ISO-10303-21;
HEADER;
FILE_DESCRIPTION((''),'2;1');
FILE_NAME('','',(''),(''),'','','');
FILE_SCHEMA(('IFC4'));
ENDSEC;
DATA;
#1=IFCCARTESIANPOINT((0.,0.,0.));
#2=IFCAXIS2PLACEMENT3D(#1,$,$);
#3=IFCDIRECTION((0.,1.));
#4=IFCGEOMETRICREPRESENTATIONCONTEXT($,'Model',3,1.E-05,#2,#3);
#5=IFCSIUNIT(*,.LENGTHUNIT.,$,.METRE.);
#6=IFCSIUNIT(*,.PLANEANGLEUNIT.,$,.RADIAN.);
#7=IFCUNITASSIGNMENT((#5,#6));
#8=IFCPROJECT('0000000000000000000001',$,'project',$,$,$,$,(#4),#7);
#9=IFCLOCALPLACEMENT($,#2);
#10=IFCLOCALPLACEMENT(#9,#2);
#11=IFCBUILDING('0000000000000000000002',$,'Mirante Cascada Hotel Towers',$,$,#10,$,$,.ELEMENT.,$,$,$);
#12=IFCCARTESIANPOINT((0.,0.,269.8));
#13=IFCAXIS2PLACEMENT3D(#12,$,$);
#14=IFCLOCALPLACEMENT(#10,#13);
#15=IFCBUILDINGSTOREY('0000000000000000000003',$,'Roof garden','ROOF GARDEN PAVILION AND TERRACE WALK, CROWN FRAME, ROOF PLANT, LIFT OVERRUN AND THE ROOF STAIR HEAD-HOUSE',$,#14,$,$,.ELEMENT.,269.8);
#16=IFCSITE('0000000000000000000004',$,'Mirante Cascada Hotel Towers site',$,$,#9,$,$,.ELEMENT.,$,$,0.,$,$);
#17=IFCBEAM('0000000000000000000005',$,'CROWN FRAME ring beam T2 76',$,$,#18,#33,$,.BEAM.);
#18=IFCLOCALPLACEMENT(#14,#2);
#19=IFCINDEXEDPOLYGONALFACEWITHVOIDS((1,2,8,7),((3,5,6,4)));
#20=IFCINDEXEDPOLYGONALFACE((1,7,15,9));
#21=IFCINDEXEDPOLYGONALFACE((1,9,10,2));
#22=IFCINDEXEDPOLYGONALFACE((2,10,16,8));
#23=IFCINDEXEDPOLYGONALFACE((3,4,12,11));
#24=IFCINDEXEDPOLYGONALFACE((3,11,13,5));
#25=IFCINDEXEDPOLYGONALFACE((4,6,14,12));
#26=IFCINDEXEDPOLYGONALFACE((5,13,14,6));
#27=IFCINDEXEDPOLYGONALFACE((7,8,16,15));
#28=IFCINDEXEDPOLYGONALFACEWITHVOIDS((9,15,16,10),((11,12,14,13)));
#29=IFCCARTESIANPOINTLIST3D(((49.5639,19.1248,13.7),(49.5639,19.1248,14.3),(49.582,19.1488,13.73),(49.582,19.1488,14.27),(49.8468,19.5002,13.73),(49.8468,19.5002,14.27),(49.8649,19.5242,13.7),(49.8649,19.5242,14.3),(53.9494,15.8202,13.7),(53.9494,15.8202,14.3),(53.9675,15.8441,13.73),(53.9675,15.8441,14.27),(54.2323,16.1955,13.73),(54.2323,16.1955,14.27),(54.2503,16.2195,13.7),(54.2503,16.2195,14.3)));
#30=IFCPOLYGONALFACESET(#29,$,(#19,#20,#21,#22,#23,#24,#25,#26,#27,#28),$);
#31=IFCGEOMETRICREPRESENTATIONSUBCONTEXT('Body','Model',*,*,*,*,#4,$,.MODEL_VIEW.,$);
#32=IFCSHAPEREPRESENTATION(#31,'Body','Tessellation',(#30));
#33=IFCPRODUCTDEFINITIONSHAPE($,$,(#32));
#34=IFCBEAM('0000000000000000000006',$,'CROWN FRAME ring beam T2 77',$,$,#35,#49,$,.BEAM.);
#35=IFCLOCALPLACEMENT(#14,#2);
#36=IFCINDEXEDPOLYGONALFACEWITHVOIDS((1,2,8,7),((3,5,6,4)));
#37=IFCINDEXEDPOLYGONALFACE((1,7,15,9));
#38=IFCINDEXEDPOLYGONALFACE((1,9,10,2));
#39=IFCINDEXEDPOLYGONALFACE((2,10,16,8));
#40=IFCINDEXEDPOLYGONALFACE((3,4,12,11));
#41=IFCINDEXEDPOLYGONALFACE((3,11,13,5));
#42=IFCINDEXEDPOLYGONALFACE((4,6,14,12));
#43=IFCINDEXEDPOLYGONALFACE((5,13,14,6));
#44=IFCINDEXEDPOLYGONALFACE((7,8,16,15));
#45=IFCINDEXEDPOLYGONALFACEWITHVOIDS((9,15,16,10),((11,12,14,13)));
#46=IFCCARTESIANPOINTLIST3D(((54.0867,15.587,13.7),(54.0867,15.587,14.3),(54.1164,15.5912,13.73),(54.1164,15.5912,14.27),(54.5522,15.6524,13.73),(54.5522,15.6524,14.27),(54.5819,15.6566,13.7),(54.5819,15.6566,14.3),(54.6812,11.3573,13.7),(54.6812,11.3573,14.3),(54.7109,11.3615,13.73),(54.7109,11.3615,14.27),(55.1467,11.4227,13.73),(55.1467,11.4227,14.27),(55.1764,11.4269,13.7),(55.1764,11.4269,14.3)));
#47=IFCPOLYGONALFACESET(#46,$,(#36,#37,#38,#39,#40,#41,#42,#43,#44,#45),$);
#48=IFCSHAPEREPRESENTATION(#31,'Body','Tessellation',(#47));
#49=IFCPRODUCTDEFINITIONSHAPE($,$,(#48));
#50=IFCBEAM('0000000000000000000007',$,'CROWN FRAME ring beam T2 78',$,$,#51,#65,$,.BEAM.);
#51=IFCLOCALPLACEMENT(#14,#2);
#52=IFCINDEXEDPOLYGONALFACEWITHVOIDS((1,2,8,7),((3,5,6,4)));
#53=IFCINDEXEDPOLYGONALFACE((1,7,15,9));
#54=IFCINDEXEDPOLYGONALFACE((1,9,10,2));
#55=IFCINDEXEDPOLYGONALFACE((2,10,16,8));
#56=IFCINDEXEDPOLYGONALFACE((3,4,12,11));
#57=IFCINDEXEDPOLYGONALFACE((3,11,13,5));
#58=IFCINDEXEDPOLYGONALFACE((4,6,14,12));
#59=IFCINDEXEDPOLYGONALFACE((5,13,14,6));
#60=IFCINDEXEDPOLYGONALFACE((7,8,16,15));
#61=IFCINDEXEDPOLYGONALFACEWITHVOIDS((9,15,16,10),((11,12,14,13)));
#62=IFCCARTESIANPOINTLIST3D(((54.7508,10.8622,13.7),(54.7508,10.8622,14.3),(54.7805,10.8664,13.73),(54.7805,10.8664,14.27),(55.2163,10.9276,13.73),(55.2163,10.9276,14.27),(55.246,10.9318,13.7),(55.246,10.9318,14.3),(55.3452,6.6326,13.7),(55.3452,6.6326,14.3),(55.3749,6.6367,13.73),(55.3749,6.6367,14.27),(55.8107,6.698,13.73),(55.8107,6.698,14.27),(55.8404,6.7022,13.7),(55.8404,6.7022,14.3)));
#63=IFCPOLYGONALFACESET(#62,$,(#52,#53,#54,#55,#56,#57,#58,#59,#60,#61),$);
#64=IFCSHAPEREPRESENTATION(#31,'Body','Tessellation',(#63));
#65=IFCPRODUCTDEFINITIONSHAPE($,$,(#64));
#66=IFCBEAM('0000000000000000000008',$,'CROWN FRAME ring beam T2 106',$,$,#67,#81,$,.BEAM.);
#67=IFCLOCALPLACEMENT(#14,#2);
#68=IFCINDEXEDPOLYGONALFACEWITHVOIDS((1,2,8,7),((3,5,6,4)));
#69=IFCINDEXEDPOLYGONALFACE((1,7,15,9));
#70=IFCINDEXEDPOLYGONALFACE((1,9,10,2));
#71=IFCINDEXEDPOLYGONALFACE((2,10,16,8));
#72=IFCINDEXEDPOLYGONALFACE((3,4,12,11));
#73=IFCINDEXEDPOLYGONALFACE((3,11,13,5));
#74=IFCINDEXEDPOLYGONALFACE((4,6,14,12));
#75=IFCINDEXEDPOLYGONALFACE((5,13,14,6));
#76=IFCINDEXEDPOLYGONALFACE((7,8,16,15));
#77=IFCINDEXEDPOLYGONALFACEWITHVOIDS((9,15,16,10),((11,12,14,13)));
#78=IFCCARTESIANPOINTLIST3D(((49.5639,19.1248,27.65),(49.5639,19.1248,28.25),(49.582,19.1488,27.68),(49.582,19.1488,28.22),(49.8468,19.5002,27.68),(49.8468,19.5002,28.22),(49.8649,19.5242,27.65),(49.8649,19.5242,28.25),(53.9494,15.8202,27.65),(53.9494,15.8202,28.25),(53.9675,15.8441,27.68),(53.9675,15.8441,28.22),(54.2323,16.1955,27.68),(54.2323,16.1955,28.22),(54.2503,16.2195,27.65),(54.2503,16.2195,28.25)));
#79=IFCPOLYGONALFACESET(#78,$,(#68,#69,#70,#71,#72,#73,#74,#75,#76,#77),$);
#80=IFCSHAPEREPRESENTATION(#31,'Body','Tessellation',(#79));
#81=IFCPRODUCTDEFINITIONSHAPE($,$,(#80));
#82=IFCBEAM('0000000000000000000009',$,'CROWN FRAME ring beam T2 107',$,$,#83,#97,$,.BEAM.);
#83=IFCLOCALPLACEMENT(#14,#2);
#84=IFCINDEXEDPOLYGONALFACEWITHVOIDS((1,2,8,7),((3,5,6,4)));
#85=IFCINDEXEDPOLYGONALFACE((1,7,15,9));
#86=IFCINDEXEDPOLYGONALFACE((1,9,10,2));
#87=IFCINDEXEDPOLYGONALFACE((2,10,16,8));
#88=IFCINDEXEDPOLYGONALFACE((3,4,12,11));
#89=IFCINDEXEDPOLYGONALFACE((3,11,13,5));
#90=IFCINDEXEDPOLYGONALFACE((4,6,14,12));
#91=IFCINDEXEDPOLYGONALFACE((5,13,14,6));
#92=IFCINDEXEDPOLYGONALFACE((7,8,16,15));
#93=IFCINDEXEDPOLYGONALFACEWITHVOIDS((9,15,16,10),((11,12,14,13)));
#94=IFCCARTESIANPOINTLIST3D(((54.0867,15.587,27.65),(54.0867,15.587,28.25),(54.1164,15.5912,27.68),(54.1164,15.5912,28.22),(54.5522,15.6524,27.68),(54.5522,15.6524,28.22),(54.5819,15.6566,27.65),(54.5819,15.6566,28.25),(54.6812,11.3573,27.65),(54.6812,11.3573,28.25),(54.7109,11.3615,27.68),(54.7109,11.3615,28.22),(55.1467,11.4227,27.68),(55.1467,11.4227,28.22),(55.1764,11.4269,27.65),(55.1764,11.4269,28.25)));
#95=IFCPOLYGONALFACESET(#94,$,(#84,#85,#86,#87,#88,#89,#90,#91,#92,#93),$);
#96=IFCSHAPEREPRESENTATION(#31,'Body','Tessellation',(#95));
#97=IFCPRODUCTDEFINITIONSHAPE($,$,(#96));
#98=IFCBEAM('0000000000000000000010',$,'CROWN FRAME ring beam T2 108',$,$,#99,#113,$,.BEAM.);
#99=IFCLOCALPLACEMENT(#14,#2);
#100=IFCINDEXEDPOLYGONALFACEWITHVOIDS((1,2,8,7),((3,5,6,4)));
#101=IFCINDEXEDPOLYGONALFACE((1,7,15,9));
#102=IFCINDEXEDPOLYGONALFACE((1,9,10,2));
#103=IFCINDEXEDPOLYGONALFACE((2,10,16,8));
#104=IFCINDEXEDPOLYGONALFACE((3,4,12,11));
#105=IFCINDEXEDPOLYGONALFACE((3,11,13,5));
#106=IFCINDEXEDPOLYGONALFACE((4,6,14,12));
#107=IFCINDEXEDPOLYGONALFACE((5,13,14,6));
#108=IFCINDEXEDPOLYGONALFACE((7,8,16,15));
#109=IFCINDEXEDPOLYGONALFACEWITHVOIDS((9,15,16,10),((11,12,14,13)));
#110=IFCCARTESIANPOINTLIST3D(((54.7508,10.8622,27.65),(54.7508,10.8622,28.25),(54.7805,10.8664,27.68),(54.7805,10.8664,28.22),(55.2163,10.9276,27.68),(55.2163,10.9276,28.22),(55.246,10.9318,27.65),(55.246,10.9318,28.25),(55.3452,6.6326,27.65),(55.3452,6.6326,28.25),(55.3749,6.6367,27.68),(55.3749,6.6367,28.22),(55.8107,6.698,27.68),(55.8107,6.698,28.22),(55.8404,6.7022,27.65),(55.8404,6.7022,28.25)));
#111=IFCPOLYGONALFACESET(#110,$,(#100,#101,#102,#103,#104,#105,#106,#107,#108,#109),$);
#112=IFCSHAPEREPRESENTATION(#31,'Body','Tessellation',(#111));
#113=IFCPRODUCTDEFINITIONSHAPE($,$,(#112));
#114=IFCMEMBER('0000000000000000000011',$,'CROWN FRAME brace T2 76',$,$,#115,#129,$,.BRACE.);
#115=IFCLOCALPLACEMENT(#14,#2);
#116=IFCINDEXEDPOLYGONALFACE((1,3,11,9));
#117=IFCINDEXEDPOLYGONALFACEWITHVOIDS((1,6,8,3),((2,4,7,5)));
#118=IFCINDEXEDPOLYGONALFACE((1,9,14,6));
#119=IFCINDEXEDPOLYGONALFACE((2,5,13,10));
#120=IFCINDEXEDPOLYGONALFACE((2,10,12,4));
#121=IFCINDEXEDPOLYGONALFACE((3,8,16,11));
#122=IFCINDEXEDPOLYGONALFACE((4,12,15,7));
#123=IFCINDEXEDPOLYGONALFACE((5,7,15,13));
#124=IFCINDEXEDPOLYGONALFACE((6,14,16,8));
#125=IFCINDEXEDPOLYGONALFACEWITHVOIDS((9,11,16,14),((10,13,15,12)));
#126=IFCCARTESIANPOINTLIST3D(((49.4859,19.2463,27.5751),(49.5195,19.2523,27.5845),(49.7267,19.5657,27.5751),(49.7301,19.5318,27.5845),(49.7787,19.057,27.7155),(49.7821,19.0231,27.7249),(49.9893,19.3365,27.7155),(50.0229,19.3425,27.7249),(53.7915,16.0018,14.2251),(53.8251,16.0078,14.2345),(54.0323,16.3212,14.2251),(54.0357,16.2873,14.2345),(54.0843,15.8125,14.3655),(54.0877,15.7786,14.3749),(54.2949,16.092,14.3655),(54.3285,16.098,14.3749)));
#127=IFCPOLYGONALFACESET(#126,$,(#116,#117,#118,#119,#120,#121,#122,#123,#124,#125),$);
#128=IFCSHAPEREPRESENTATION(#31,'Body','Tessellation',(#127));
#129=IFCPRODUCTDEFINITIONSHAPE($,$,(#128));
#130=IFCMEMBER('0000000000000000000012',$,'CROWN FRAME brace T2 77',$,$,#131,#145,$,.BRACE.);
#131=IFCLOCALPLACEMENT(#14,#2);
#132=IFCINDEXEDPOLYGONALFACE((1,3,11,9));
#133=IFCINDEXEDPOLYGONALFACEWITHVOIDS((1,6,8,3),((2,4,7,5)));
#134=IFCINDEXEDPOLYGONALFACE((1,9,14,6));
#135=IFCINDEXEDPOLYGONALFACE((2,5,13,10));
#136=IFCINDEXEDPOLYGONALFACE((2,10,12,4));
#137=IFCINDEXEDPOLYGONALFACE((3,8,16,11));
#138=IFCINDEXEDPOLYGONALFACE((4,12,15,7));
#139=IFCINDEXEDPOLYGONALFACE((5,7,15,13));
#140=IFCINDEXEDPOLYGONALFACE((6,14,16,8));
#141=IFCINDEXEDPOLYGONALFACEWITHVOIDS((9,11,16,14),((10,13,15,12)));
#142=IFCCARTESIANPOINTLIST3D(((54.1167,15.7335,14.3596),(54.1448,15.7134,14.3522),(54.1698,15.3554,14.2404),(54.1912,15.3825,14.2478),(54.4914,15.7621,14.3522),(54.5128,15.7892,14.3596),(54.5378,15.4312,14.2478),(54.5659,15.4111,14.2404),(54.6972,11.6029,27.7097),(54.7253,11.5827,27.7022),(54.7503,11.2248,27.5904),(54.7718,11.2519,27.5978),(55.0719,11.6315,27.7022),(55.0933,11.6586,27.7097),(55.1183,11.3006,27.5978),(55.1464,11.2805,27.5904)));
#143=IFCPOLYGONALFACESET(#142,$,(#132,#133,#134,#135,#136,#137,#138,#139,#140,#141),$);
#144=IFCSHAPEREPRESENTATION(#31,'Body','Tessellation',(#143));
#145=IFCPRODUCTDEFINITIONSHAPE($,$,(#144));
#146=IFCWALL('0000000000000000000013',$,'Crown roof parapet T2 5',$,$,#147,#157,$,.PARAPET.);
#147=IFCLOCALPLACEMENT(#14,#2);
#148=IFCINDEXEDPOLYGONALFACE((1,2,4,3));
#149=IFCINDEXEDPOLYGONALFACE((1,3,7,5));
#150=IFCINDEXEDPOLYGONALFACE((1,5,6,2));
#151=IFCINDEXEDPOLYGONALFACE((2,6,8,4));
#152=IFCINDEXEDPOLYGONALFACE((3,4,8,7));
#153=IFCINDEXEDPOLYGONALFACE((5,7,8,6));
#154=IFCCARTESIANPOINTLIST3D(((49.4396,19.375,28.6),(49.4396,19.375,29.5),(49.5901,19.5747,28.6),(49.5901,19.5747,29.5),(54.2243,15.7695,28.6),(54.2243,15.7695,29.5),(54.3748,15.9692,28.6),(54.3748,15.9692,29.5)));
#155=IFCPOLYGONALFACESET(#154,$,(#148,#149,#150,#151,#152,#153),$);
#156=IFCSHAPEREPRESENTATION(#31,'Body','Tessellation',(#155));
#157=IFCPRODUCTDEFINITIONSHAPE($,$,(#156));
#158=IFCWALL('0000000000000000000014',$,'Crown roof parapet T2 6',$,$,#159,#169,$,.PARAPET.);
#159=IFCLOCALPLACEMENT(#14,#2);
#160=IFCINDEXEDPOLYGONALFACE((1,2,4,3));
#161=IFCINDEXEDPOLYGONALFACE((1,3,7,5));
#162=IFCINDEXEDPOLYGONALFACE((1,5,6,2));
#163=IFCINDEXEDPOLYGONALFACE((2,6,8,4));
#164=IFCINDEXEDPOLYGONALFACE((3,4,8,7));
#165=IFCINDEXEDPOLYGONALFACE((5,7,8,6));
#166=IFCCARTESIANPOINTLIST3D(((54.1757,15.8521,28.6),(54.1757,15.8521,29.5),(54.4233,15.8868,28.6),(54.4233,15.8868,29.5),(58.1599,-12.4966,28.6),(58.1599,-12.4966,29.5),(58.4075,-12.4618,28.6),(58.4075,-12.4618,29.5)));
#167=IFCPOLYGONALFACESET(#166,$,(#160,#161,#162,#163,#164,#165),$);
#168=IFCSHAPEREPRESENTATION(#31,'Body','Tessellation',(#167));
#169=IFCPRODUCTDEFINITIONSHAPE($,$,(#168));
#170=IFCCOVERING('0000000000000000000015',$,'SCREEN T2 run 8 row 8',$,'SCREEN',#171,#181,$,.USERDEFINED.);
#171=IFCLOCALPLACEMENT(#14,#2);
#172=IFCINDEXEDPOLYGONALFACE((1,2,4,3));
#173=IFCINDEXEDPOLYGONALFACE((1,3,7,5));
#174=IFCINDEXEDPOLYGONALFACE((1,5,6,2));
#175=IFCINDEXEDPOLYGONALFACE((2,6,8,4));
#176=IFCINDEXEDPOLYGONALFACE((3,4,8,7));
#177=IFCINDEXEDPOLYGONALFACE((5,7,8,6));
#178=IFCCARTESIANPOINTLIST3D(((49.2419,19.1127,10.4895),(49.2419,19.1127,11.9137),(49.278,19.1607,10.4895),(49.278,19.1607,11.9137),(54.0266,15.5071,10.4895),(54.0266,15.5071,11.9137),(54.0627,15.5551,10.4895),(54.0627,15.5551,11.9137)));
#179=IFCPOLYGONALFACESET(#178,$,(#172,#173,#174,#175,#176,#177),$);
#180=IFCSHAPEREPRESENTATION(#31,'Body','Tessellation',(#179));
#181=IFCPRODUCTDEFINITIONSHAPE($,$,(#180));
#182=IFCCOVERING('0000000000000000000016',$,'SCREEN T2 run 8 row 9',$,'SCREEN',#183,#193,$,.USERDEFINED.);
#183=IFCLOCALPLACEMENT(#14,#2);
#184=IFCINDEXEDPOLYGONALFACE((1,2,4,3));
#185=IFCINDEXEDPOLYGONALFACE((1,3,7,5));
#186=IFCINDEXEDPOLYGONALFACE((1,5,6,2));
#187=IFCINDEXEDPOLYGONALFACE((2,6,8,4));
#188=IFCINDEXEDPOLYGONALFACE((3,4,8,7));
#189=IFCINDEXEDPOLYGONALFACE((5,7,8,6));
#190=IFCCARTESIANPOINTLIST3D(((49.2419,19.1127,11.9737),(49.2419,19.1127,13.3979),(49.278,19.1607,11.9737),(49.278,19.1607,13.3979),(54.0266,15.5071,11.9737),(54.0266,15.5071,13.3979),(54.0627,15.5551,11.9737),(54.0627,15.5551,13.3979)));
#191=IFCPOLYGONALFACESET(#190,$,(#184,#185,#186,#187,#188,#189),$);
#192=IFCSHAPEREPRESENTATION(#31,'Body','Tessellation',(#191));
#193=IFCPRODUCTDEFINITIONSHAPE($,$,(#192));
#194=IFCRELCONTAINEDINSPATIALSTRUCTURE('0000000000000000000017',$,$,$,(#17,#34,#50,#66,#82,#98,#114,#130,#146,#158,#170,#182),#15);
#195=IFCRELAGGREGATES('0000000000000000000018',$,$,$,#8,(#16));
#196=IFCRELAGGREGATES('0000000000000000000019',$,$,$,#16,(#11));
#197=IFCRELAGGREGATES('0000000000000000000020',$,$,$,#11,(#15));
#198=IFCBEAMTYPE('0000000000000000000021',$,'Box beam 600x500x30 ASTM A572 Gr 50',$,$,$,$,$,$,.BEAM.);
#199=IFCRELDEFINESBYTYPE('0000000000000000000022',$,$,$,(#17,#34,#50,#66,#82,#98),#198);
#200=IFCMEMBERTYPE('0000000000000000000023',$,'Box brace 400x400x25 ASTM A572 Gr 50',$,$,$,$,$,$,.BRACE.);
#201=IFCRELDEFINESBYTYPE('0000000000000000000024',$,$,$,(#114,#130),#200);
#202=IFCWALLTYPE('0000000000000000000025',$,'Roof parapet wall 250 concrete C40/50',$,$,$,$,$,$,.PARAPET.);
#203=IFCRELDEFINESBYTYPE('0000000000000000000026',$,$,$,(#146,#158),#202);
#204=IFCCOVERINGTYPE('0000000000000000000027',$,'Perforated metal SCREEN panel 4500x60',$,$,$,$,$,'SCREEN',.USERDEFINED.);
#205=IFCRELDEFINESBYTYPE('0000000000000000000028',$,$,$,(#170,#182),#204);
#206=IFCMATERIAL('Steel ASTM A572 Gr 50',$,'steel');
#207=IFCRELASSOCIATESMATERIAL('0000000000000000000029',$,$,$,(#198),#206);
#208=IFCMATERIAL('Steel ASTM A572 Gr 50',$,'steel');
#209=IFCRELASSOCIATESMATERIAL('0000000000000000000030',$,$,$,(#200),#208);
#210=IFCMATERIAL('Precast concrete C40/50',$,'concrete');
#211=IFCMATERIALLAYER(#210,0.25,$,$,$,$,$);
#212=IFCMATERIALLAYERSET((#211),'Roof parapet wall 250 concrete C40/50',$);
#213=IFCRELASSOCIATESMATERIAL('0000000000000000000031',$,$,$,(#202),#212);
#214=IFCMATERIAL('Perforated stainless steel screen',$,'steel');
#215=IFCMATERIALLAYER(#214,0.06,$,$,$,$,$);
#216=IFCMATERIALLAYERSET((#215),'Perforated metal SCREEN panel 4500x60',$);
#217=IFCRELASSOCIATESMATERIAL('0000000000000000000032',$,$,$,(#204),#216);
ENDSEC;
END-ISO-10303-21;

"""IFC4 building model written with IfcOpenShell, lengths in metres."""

from ifc_helpers import new_model, si_unit, direction, frame, frame_2d, origin, origin_2d, place, context, subcontext, project, spatial, rectangle, hollow_rectangle, extrude, material, layer, layer_set, material_profile, profile_set, type_object, element, save


model = new_model("IFC4")

# Units and contexts
model_context = context("Model", 3, precision=1e-05, world=origin(), true_north=direction((0.0, 1.0)))
body_context = subcontext(model_context, "Body", "Model", "MODEL_VIEW")
ifc_project = project(units=[si_unit("LENGTHUNIT", "METRE"), si_unit("PLANEANGLEUNIT", "RADIAN")], contexts=[model_context])

# Site, building, storey
site_placement = place(None, origin())
site = spatial("IfcSite", under=ifc_project, at=site_placement, Name="Mirante Cascada Hotel Towers site", CompositionType="ELEMENT", RefElevation=0.0)
building_placement = place(site_placement, origin())
building = spatial("IfcBuilding", under=site, at=building_placement, Name="Mirante Cascada Hotel Towers", CompositionType="ELEMENT")
storey_placement = place(building_placement, frame((0.0, 0.0, 269.8)))
storey = spatial("IfcBuildingStorey", under=building, at=storey_placement, Name="Roof garden", Description="ROOF GARDEN PAVILION AND TERRACE WALK, CROWN FRAME, ROOF PLANT, LIFT OVERRUN AND THE ROOF STAIR HEAD-HOUSE", CompositionType="ELEMENT", Elevation=269.8)

# Beams
ifc_material_1 = material(Name="Steel ASTM A572 Gr 50", Category="steel")
ifc_material_profile_1 = material_profile(ifc_material_1, hollow_rectangle(XDim=0.5, YDim=0.6, WallThickness=0.03, at=origin_2d()), Name="Box beam 600x500x30 ASTM A572 Gr 50")
ifc_profile_set_1 = profile_set([ifc_material_profile_1], Name="Steel ASTM A572 Gr 50")
beam_type = type_object("IfcBeamType", Name="Box beam 600x500x30 ASTM A572 Gr 50", PredefinedType="BEAM", material=ifc_profile_set_1)
beam_1_placement = place(storey_placement, frame((49.7144, 19.3245, 14.0), z_axis=(0.798636, -0.601814, 0.0), x_axis=(0.601814, 0.798636, 0.0)))
element("IfcBeam", 1, at=beam_1_placement, inside=storey, type_object=beam_type, Name="CROWN FRAME ring beam T2 76", PredefinedType="BEAM", context=body_context, shape_type="SweptSolid", body=[
    extrude(hollow_rectangle(XDim=0.5, YDim=0.6, WallThickness=0.03, at=origin_2d()), origin(), (0.0, 0.0, 1.0), 5.4912),
])
beam_2_placement = place(storey_placement, frame((54.3343, 15.6218, 14.0), z_axis=(0.139186, -0.990266, 0.0), x_axis=(0.990266, 0.139186, 0.0)))
element("IfcBeam", 2, at=beam_2_placement, inside=storey, type_object=beam_type, Name="CROWN FRAME ring beam T2 77", PredefinedType="BEAM", context=body_context, shape_type="SweptSolid", body=[
    extrude(hollow_rectangle(XDim=0.5, YDim=0.6, WallThickness=0.03, at=origin_2d()), origin(), (0.0, 0.0, 1.0), 4.2713),
])
beam_3_placement = place(storey_placement, frame((54.9984, 10.897, 14.0), z_axis=(0.139166, -0.990269, 0.0), x_axis=(0.990269, 0.139166, 0.0)))
element("IfcBeam", 3, at=beam_3_placement, inside=storey, type_object=beam_type, Name="CROWN FRAME ring beam T2 78", PredefinedType="BEAM", context=body_context, shape_type="SweptSolid", body=[
    extrude(hollow_rectangle(XDim=0.5, YDim=0.6, WallThickness=0.03, at=origin_2d()), origin(), (0.0, 0.0, 1.0), 4.2712),
])
beam_4_placement = place(storey_placement, frame((49.7144, 19.3245, 27.95), z_axis=(0.798636, -0.601814, 0.0), x_axis=(0.601814, 0.798636, 0.0)))
element("IfcBeam", 4, at=beam_4_placement, inside=storey, type_object=beam_type, Name="CROWN FRAME ring beam T2 106", PredefinedType="BEAM", context=body_context, shape_type="SweptSolid", body=[
    extrude(hollow_rectangle(XDim=0.5, YDim=0.6, WallThickness=0.03, at=origin_2d()), origin(), (0.0, 0.0, 1.0), 5.4912),
])
beam_5_placement = place(storey_placement, frame((54.3343, 15.6218, 27.95), z_axis=(0.139186, -0.990266, 0.0), x_axis=(0.990266, 0.139186, 0.0)))
element("IfcBeam", 5, at=beam_5_placement, inside=storey, type_object=beam_type, Name="CROWN FRAME ring beam T2 107", PredefinedType="BEAM", context=body_context, shape_type="SweptSolid", body=[
    extrude(hollow_rectangle(XDim=0.5, YDim=0.6, WallThickness=0.03, at=origin_2d()), origin(), (0.0, 0.0, 1.0), 4.2713),
])
beam_6_placement = place(storey_placement, frame((54.9984, 10.897, 27.95), z_axis=(0.139166, -0.990269, 0.0), x_axis=(0.990269, 0.139166, 0.0)))
element("IfcBeam", 6, at=beam_6_placement, inside=storey, type_object=beam_type, Name="CROWN FRAME ring beam T2 108", PredefinedType="BEAM", context=body_context, shape_type="SweptSolid", body=[
    extrude(hollow_rectangle(XDim=0.5, YDim=0.6, WallThickness=0.03, at=origin_2d()), origin(), (0.0, 0.0, 1.0), 4.2712),
])

# Members
ifc_material_2 = material(Name="Steel ASTM A572 Gr 50", Category="steel")
ifc_material_profile_2 = material_profile(ifc_material_2, hollow_rectangle(XDim=0.4, YDim=0.4, WallThickness=0.025, at=origin_2d()), Name="Box brace 400x400x25 ASTM A572 Gr 50")
ifc_profile_set_2 = profile_set([ifc_material_profile_2], Name="Steel ASTM A572 Gr 50")
member_type = type_object("IfcMemberType", Name="Box brace 400x400x25 ASTM A572 Gr 50", PredefinedType="BRACE", material=ifc_profile_set_2)
member_1_placement = place(storey_placement, frame((54.06, 16.0499, 14.3), z_axis=(-0.299052, 0.225352, 0.927245), x_axis=(-0.601815, -0.798636, 0.0)))
element("IfcMember", 7, at=member_1_placement, inside=storey, type_object=member_type, Name="CROWN FRAME brace T2 76", PredefinedType="BRACE", context=body_context, shape_type="SweptSolid", body=[
    extrude(hollow_rectangle(XDim=0.4, YDim=0.4, WallThickness=0.025, at=origin_2d()), origin(), (0.0, 0.0, 1.0), 14.3975),
])
member_2_placement = place(storey_placement, frame((54.3413, 15.5723, 14.3), z_axis=(0.041504, -0.295328, 0.954494), x_axis=(0.990269, 0.139169, 0.0)))
element("IfcMember", 8, at=member_2_placement, inside=storey, type_object=member_type, Name="CROWN FRAME brace T2 77", PredefinedType="BRACE", context=body_context, shape_type="SweptSolid", body=[
    extrude(hollow_rectangle(XDim=0.4, YDim=0.4, WallThickness=0.025, at=origin_2d()), origin(), (0.0, 0.0, 1.0), 13.9865),
])

# Walls
ifc_material_3 = material(Name="Precast concrete C40/50", Category="concrete")
ifc_layer_1 = layer(ifc_material_3, 0.25)
ifc_layer_set_1 = layer_set([ifc_layer_1], Name="Roof parapet wall 250 concrete C40/50")
wall_type = type_object("IfcWallType", Name="Roof parapet wall 250 concrete C40/50", PredefinedType="PARAPET", material=ifc_layer_set_1)
wall_1_placement = place(storey_placement, frame((49.5148, 19.4749, 28.6), z_axis=(0.0, 0.0, 1.0), x_axis=(0.798638, -0.601812, 0.0)))
element("IfcWall", 9, at=wall_1_placement, inside=storey, type_object=wall_type, Name="Crown roof parapet T2 5", PredefinedType="PARAPET", context=body_context, shape_type="SweptSolid", body=[
    extrude(rectangle(XDim=5.9911, YDim=0.25, at=frame_2d((2.9956, 0.0))), origin(), (0.0, 0.0, 1.0), 0.9),
])
wall_2_placement = place(storey_placement, frame((54.2995, 15.8694, 28.6), z_axis=(0.0, 0.0, 1.0), x_axis=(0.139175, -0.990268, 0.0)))
element("IfcWall", 10, at=wall_2_placement, inside=storey, type_object=wall_type, Name="Crown roof parapet T2 6", PredefinedType="PARAPET", context=body_context, shape_type="SweptSolid", body=[
    extrude(rectangle(XDim=28.6273, YDim=0.25, at=frame_2d((14.3136, 0.0))), origin(), (0.0, 0.0, 1.0), 0.9),
])

# Coverings
ifc_material_4 = material(Name="Perforated stainless steel screen", Category="steel")
ifc_layer_2 = layer(ifc_material_4, 0.06)
ifc_layer_set_2 = layer_set([ifc_layer_2], Name="Perforated metal SCREEN panel 4500x60")
covering_type = type_object("IfcCoveringType", Name="Perforated metal SCREEN panel 4500x60", ElementType="SCREEN", PredefinedType="USERDEFINED", material=ifc_layer_set_2)
for number, where, z_axis, x_axis, name in (
    (11, (51.6523, 17.3339, 10.4895), (0.0, 0.0, 1.0), (0.798636, -0.601815, 0.0), "SCREEN T2 run 8 row 8"),
    (12, (51.6523, 17.3339, 11.9737), (0.0, 0.0, 1.0), (0.798636, -0.601815, 0.0), "SCREEN T2 run 8 row 9"),
):
    element("IfcCovering", number, at=place(storey_placement, frame(where, z_axis=z_axis, x_axis=x_axis)), inside=storey, type_object=covering_type, Name=name, ObjectType="SCREEN", PredefinedType="USERDEFINED", context=body_context, shape_type="SweptSolid", body=[
        extrude(rectangle(XDim=5.9912, YDim=0.06, at=origin_2d()), origin(), (0.0, 0.0, 1.0), 1.4242),
    ])

save(model, "model.ifc")
